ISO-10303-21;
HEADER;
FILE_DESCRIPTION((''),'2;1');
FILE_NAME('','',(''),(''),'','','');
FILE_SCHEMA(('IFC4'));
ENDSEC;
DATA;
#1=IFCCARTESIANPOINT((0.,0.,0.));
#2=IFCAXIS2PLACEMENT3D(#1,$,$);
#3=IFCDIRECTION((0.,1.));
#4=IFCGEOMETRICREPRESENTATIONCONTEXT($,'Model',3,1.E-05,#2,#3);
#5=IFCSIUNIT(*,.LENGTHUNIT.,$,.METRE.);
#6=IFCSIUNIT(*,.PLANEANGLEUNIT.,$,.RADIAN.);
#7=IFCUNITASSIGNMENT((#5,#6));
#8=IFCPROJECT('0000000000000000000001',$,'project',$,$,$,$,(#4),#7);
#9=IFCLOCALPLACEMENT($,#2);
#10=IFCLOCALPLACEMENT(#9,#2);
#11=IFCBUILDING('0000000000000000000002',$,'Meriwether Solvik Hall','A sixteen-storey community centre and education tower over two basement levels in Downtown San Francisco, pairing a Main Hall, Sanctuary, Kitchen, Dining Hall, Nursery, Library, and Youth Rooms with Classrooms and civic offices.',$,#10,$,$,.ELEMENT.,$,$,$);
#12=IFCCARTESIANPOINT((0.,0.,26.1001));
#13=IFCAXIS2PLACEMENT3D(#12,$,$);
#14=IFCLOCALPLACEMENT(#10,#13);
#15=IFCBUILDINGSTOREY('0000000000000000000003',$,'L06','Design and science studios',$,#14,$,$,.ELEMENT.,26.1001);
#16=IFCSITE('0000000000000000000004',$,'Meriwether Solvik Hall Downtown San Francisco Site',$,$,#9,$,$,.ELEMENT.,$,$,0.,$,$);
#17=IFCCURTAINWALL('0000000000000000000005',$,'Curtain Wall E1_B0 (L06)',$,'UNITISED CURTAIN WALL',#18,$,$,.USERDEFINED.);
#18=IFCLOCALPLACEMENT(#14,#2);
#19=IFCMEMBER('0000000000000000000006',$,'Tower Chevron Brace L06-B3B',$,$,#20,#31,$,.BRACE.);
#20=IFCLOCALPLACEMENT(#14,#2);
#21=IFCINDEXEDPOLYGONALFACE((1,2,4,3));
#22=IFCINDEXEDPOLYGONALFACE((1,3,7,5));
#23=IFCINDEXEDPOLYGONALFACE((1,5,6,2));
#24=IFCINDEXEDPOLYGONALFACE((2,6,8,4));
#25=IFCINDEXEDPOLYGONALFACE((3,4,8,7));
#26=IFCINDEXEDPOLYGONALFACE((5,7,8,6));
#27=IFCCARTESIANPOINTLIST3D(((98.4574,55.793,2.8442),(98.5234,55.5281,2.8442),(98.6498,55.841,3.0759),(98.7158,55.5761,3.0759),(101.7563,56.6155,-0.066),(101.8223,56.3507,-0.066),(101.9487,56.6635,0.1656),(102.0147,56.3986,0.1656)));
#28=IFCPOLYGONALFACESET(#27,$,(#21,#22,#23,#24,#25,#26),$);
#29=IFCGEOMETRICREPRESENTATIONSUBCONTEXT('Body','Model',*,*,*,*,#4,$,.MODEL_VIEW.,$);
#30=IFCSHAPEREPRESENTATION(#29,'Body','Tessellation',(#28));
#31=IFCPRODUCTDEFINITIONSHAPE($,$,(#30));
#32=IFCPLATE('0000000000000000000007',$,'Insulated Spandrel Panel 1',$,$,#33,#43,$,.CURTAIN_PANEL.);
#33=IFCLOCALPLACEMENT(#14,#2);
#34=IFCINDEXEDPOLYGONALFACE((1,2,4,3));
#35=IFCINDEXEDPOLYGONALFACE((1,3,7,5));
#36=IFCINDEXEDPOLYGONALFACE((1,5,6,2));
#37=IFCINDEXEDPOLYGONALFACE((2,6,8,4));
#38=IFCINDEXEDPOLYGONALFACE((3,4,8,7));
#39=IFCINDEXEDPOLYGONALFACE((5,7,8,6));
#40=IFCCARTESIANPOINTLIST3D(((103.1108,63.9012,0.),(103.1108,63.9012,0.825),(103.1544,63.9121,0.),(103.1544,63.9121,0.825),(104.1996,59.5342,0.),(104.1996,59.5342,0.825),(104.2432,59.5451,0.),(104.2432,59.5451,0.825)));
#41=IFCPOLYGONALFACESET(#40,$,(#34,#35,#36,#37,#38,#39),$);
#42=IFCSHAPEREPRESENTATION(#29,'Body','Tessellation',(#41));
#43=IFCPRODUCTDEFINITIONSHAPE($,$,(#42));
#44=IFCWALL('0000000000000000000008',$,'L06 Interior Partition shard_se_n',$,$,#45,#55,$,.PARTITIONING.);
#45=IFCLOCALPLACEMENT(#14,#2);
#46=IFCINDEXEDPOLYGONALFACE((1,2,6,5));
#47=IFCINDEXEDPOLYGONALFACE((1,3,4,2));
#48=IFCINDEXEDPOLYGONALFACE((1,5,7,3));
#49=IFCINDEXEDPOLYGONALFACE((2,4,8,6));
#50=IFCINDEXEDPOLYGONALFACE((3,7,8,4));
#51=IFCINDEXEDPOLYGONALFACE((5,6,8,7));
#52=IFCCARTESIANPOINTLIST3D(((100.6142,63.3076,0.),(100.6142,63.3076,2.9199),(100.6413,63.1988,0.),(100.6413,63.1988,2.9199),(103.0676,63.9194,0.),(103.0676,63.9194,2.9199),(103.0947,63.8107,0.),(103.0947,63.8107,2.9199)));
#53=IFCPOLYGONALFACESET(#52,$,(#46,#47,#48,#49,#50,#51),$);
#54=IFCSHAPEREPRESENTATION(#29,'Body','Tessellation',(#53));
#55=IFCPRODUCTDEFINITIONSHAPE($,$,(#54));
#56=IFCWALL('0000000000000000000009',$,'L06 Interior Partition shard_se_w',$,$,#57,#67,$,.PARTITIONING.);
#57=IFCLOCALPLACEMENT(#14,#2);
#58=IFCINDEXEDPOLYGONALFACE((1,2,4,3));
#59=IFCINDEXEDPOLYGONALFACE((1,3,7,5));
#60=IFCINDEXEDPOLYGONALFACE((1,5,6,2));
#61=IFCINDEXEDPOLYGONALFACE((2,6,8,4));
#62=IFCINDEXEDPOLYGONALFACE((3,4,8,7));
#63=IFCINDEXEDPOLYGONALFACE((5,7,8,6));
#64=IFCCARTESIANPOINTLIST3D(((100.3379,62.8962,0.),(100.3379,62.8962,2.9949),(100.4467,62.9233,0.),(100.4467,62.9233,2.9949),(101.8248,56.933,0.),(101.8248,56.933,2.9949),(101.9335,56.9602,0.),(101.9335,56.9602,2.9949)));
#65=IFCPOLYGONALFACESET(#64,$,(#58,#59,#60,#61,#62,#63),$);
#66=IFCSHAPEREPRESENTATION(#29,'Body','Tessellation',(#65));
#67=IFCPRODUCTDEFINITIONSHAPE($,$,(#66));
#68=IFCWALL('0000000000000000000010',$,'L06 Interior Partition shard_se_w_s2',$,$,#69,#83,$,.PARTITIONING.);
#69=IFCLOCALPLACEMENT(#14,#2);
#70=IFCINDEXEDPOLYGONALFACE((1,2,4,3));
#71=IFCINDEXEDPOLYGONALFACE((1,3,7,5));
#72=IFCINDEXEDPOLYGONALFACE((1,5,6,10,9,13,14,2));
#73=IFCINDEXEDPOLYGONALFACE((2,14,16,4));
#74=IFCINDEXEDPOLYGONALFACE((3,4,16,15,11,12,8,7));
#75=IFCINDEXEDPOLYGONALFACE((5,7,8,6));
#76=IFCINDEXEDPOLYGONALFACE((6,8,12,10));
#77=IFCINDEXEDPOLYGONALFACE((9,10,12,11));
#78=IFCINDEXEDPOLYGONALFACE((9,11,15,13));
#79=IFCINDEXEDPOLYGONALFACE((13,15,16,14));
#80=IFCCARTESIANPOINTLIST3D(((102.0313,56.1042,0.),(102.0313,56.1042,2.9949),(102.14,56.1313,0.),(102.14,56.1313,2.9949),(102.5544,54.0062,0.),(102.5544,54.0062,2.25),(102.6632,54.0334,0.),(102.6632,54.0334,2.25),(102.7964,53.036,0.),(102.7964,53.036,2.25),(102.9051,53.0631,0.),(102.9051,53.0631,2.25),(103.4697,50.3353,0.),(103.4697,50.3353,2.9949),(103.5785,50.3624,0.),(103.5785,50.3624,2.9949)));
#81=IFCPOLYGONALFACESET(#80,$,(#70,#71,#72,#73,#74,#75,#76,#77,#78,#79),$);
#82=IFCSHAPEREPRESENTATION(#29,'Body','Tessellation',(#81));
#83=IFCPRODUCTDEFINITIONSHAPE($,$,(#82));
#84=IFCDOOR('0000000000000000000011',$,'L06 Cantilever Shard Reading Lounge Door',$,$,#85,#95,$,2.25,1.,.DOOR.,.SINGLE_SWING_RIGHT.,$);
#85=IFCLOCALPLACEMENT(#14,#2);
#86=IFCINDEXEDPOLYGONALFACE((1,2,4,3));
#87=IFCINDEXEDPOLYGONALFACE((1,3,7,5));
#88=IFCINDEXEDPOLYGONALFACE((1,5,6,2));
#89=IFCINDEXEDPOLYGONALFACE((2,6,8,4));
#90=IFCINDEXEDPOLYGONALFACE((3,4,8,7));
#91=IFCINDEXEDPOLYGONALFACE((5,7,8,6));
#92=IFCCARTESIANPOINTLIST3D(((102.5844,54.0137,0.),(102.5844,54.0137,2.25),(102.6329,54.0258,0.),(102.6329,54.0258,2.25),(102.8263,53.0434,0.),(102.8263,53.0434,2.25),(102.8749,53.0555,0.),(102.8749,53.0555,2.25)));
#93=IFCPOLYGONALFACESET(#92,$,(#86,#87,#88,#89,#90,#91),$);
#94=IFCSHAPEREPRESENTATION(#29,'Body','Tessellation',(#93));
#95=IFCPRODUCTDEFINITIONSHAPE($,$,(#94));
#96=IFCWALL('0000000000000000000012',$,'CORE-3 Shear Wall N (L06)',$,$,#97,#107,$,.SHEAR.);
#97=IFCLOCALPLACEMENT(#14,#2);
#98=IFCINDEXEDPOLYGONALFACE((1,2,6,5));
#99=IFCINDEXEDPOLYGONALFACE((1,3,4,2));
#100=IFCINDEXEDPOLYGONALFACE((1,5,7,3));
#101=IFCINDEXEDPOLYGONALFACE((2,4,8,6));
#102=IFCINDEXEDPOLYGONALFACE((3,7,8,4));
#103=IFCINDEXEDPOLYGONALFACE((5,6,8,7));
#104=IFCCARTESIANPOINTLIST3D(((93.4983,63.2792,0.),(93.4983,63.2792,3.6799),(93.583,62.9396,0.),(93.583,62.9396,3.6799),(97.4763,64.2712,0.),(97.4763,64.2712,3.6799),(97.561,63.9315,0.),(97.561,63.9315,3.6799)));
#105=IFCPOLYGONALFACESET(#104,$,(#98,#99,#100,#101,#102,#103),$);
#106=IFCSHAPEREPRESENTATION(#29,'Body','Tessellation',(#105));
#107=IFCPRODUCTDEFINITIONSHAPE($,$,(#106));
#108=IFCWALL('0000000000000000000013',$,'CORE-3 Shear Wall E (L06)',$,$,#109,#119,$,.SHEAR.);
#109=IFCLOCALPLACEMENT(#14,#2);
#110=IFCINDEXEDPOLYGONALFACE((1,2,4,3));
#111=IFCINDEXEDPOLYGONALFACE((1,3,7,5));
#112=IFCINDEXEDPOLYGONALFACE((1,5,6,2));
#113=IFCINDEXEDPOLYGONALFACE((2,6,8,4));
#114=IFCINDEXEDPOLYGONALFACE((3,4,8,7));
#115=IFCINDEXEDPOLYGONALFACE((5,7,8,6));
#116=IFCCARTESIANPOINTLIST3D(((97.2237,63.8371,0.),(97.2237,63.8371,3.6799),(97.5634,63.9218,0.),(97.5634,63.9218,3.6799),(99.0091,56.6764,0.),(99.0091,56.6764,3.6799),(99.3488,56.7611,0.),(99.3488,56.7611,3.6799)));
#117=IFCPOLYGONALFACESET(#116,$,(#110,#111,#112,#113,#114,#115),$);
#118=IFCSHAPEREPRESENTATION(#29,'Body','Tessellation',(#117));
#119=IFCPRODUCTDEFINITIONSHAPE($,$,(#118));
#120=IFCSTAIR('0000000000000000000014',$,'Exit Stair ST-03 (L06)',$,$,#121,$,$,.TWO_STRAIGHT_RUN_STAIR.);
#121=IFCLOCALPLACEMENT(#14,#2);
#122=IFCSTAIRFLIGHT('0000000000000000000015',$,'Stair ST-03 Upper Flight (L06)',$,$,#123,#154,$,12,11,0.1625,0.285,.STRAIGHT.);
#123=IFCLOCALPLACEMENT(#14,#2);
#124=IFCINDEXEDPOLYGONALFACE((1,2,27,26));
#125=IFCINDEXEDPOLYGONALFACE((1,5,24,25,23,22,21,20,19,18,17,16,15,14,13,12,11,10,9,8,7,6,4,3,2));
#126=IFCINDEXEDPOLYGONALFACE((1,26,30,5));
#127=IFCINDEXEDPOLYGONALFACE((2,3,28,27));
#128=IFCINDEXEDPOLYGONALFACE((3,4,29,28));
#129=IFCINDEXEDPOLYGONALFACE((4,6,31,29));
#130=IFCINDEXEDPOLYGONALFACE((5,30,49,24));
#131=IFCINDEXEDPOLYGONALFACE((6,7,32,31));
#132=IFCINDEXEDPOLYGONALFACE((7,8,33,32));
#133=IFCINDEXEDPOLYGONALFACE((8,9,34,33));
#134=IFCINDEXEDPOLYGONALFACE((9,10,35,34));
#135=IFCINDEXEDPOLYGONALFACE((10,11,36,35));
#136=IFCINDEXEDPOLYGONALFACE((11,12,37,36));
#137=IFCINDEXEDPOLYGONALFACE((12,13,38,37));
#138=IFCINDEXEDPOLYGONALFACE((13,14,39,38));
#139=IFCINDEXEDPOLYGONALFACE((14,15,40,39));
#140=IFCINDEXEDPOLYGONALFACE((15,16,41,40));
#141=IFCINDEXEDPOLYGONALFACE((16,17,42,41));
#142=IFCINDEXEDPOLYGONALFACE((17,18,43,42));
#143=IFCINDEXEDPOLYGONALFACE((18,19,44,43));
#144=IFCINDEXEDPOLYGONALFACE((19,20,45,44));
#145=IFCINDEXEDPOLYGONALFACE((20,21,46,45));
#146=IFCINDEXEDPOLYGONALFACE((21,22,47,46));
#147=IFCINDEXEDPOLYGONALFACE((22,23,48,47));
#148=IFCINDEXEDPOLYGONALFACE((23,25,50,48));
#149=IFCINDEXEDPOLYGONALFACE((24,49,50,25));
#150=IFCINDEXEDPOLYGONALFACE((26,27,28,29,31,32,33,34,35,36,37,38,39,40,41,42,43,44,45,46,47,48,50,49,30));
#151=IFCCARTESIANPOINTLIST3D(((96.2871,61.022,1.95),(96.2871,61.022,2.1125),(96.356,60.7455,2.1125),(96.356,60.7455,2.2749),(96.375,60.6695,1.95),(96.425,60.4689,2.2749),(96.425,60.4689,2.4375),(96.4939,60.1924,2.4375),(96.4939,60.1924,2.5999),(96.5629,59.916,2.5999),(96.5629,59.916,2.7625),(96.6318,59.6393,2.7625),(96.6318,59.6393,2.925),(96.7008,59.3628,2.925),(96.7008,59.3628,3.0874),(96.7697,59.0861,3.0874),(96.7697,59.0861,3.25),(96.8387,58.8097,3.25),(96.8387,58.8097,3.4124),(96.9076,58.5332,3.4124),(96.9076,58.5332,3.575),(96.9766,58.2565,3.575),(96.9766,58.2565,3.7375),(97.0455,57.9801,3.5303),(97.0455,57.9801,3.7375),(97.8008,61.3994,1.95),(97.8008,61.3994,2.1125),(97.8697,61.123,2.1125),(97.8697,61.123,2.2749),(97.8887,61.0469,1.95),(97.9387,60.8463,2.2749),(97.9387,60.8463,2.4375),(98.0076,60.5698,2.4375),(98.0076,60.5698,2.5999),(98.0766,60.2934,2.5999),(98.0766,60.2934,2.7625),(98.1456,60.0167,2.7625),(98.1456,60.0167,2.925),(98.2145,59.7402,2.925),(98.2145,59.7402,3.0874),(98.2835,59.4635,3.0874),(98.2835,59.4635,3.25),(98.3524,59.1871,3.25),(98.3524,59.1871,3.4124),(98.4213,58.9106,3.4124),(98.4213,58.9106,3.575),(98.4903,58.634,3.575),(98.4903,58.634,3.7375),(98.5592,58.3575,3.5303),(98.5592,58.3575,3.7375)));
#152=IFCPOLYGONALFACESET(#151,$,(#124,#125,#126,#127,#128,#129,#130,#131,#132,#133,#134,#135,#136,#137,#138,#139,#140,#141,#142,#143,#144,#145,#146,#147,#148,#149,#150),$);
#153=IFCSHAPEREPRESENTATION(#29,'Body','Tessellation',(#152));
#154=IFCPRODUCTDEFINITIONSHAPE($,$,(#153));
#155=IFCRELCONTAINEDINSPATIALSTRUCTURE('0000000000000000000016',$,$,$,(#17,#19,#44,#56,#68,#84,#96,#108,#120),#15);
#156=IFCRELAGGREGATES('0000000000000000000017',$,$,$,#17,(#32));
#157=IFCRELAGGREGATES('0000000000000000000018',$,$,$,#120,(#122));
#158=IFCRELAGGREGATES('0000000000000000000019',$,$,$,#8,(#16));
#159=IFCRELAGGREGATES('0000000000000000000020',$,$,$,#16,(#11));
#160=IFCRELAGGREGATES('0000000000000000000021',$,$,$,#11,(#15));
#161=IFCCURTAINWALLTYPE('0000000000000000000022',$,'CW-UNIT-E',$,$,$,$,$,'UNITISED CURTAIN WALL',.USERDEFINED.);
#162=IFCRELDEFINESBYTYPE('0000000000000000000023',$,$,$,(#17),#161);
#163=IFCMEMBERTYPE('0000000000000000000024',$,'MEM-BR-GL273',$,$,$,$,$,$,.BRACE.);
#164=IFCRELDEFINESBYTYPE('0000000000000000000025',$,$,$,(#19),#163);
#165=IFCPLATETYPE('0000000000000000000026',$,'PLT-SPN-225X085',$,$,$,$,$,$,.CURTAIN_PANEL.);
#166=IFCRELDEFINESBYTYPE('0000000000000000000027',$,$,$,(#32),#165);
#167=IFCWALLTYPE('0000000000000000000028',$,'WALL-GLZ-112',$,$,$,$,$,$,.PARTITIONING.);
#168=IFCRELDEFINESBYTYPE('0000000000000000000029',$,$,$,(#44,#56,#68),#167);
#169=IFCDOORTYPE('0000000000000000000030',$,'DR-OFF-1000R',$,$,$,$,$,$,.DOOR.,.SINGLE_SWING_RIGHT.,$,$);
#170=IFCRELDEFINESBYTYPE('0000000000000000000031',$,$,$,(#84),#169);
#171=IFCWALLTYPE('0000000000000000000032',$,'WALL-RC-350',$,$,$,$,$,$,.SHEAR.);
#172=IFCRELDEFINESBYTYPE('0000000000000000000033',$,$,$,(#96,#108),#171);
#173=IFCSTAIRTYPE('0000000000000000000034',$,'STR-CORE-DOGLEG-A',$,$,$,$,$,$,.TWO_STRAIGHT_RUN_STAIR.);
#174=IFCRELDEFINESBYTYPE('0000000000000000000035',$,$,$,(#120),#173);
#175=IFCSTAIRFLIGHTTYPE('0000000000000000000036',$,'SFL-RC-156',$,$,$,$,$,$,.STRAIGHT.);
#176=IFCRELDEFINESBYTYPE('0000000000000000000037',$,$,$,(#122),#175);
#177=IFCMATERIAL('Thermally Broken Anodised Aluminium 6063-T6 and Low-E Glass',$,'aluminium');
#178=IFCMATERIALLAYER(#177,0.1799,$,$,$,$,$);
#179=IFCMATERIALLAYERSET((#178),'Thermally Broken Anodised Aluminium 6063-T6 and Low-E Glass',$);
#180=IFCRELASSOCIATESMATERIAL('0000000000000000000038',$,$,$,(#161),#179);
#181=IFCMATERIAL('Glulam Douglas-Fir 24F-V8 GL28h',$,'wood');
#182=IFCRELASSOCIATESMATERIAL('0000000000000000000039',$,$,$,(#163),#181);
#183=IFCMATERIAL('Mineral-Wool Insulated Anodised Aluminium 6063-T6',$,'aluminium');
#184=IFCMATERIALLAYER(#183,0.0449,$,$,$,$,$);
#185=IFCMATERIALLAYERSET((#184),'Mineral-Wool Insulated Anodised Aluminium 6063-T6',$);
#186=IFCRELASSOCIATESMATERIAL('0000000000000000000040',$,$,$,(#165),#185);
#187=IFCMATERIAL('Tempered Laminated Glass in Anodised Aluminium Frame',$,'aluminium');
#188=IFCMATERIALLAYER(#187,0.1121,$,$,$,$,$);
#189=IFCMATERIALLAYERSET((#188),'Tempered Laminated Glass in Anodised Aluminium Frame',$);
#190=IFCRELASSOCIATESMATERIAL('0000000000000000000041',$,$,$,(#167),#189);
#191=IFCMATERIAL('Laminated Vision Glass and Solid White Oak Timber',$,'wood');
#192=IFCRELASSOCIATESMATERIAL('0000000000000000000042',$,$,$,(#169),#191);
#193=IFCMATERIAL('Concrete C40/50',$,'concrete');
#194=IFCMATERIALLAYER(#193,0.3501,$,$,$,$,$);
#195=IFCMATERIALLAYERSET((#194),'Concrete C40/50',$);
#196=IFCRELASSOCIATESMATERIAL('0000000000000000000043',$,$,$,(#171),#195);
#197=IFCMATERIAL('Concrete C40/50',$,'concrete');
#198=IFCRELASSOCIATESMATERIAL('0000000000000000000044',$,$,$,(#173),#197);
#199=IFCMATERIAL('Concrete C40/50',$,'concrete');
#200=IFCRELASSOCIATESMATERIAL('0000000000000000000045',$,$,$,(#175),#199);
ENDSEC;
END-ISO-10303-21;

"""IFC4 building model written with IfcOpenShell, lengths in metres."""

from ifc_helpers import new_model, si_unit, direction, frame, frame_2d, origin, origin_2d, place, context, subcontext, project, spatial, polyline, rectangle, outline, extrude, material, layer, layer_set, material_profile, profile_set, type_object, element, fill, aggregate, save


model = new_model("IFC4")

# Units and contexts
model_context = context("Model", 3, precision=1e-05, world=origin(), true_north=direction((0.0, 1.0)))
body_context = subcontext(model_context, "Body", "Model", "MODEL_VIEW")
ifc_project = project(units=[si_unit("LENGTHUNIT", "METRE"), si_unit("PLANEANGLEUNIT", "RADIAN")], contexts=[model_context])

# Site, building, storey
site_placement = place(None, origin())
site = spatial("IfcSite", under=ifc_project, at=site_placement, Name="Meriwether Solvik Hall Downtown San Francisco Site", CompositionType="ELEMENT", RefElevation=0.0)
building_placement = place(site_placement, origin())
building = spatial("IfcBuilding", under=site, at=building_placement, Name="Meriwether Solvik Hall", Description="A sixteen-storey community centre and education tower over two basement levels in Downtown San Francisco, pairing a Main Hall, Sanctuary, Kitchen, Dining Hall, Nursery, Library, and Youth Rooms with Classrooms and civic offices.", CompositionType="ELEMENT")
storey_placement = place(building_placement, frame((0.0, 0.0, 26.1001)))
storey = spatial("IfcBuildingStorey", under=building, at=storey_placement, Name="L06", Description="Design and science studios", CompositionType="ELEMENT", Elevation=26.1001)

# Curtain wall
ifc_material_1 = material(Name="Thermally Broken Anodised Aluminium 6063-T6 and Low-E Glass", Category="aluminium")
ifc_layer_1 = layer(ifc_material_1, 0.1799)
ifc_layer_set_1 = layer_set([ifc_layer_1], Name="Thermally Broken Anodised Aluminium 6063-T6 and Low-E Glass")
curtain_wall_type_1 = type_object("IfcCurtainWallType", Name="CW-UNIT-E", ElementType="UNITISED CURTAIN WALL", PredefinedType="USERDEFINED", material=ifc_layer_set_1)
curtain_wall_1_placement = place(storey_placement, origin())
curtain_wall_1 = element("IfcCurtainWall", 1, at=curtain_wall_1_placement, inside=storey, type_object=curtain_wall_type_1, Name="Curtain Wall E1_B0 (L06)", ObjectType="UNITISED CURTAIN WALL", PredefinedType="USERDEFINED")

# Member
ifc_material_2 = material(Name="Glulam Douglas-Fir 24F-V8 GL28h", Category="wood")
ifc_material_profile_1 = material_profile(ifc_material_2, rectangle(XDim=0.2729, YDim=0.3049, at=origin_2d()), Name="GLM-273X305")
ifc_profile_set_1 = profile_set([ifc_material_profile_1], Name="Glulam Douglas-Fir 24F-V8 GL28h")
member_type_1 = type_object("IfcMemberType", Name="MEM-BR-GL273", PredefinedType="BRACE", material=ifc_profile_set_1)
member_1_placement = place(storey_placement, frame((101.8855, 56.5071, 0.0498), z_axis=(-0.737128, -0.183791, 0.650279), x_axis=(0.241927, -0.970294, 0.0)))
element("IfcMember", 2, at=member_1_placement, inside=storey, type_object=member_type_1, Name="Tower Chevron Brace L06-B3B", PredefinedType="BRACE", context=body_context, shape_type="SweptSolid", body=[
    extrude(rectangle(XDim=0.2729, YDim=0.3049, at=origin_2d()), origin(), (0.0, 0.0, 1.0), 4.4753),
])

# Plate
ifc_material_3 = material(Name="Mineral-Wool Insulated Anodised Aluminium 6063-T6", Category="aluminium")
ifc_layer_2 = layer(ifc_material_3, 0.0449)
ifc_layer_set_2 = layer_set([ifc_layer_2], Name="Mineral-Wool Insulated Anodised Aluminium 6063-T6")
plate_type = type_object("IfcPlateType", Name="PLT-SPN-225X085", PredefinedType="CURTAIN_PANEL", material=ifc_layer_set_2)
plate_placement = place(storey_placement, frame((103.677, 61.7231, 0.0), z_axis=(0.0, 0.0, 1.0), x_axis=(0.241922, -0.970296, 0.0)))
plate = element("IfcPlate", 3, at=plate_placement, type_object=plate_type, Name="Insulated Spandrel Panel 1", PredefinedType="CURTAIN_PANEL", context=body_context, shape_type="SweptSolid", body=[
    extrude(rectangle(XDim=4.5007, YDim=0.0449, at=origin_2d()), origin(), (0.0, 0.0, 1.0), 0.825),
])
aggregate(curtain_wall_1, [plate])

# Walls
ifc_material_4 = material(Name="Tempered Laminated Glass in Anodised Aluminium Frame", Category="aluminium")
ifc_layer_3 = layer(ifc_material_4, 0.1121)
ifc_layer_set_3 = layer_set([ifc_layer_3], Name="Tempered Laminated Glass in Anodised Aluminium Frame")
wall_type_1 = type_object("IfcWallType", Name="WALL-GLZ-112", PredefinedType="PARTITIONING", material=ifc_layer_set_3)
wall_1_placement = place(storey_placement, frame((103.0811, 63.865, 0.0), z_axis=(0.0, 0.0, 1.0), x_axis=(-0.970284, -0.241968, 0.0)))
element("IfcWall", 4, at=wall_1_placement, inside=storey, type_object=wall_type_1, Name="L06 Interior Partition shard_se_n", PredefinedType="PARTITIONING", context=body_context, shape_type="SweptSolid", body=[
    extrude(rectangle(XDim=2.5286, YDim=0.1121, at=frame_2d((1.2642, 0.0))), origin(), (0.0, 0.0, 1.0), 2.9199),
])
wall_2_placement = place(storey_placement, frame((100.3923, 62.9097, 0.0), z_axis=(0.0, 0.0, 1.0), x_axis=(0.241928, -0.970294, 0.0)))
element("IfcWall", 5, at=wall_2_placement, inside=storey, type_object=wall_type_1, Name="L06 Interior Partition shard_se_w", PredefinedType="PARTITIONING", context=body_context, shape_type="SweptSolid", body=[
    extrude(rectangle(XDim=6.1458, YDim=0.1121, at=frame_2d((3.0728, 0.0))), origin(), (0.0, 0.0, 1.0), 2.9949),
])

# Wall, opening, door
wall_3_placement = place(storey_placement, frame((102.0857, 56.1177, 0.0), z_axis=(0.0, 0.0, 1.0), x_axis=(0.241937, -0.970292, 0.0)))
wall_3 = element("IfcWall", 6, at=wall_3_placement, inside=storey, type_object=wall_type_1, Name="L06 Interior Partition shard_se_w_s2", PredefinedType="PARTITIONING", context=body_context, shape_type="SweptSolid", body=[
    extrude(rectangle(XDim=5.9456, YDim=0.1121, at=frame_2d((2.9727, 0.0))), origin(), (0.0, 0.0, 1.0), 2.9949),
])
opening_placement = place(wall_3_placement, frame((2.1621, 0.0, 0.0)))
opening = element("IfcOpeningElement", 7, at=opening_placement, cuts=wall_3, PredefinedType="OPENING", context=body_context, shape_type="SweptSolid", body=[
    extrude(rectangle(XDim=1.0, YDim=2.25, at=frame_2d((0.5, 1.125))), frame((0.0, 0.0679, 0.0), z_axis=(0.0, -1.0, 0.0), x_axis=(1.0, 0.0, 0.0)), (0.0, 0.0, 1.0), 0.136),
])
ifc_material_5 = material(Name="Laminated Vision Glass and Solid White Oak Timber", Category="wood")
door_type = type_object("IfcDoorType", Name="DR-OFF-1000R", OperationType="SINGLE_SWING_RIGHT", PredefinedType="DOOR", material=ifc_material_5)
door_placement = place(opening_placement, origin())
door = element("IfcDoor", 8, at=door_placement, inside=storey, type_object=door_type, Name="L06 Cantilever Shard Reading Lounge Door", OperationType="SINGLE_SWING_RIGHT", OverallHeight=2.25, OverallWidth=1.0, PredefinedType="DOOR", context=body_context, shape_type="SweptSolid", body=[
    extrude(rectangle(XDim=1.0, YDim=2.25, at=frame_2d((0.5, 1.125))), frame((0.0, 0.0249, 0.0), z_axis=(0.0, -1.0, 0.0), x_axis=(1.0, 0.0, 0.0)), (0.0, 0.0, 1.0), 0.05),
])
fill(opening, door)

# Walls
ifc_material_6 = material(Name="Concrete C40/50", Category="concrete")
ifc_layer_4 = layer(ifc_material_6, 0.3501)
ifc_layer_set_4 = layer_set([ifc_layer_4], Name="Concrete C40/50")
wall_type_2 = type_object("IfcWallType", Name="WALL-RC-350", PredefinedType="SHEAR", material=ifc_layer_set_4)
wall_4_placement = place(storey_placement, frame((97.5186, 64.1013, 0.0), z_axis=(0.0, 0.0, 1.0), x_axis=(-0.970289, -0.241947, 0.0)))
element("IfcWall", 9, at=wall_4_placement, inside=storey, type_object=wall_type_2, Name="CORE-3 Shear Wall N (L06)", PredefinedType="SHEAR", context=body_context, shape_type="SweptSolid", body=[
    extrude(rectangle(XDim=4.0999, YDim=0.3501, at=frame_2d((2.0498, 0.0))), origin(), (0.0, 0.0, 1.0), 3.6799),
])
wall_5_placement = place(storey_placement, frame((99.179, 56.7188, 0.0), z_axis=(0.0, 0.0, 1.0), x_axis=(-0.241928, 0.970294, 0.0)))
element("IfcWall", 10, at=wall_5_placement, inside=storey, type_object=wall_type_2, Name="CORE-3 Shear Wall E (L06)", PredefinedType="SHEAR", context=body_context, shape_type="SweptSolid", body=[
    extrude(rectangle(XDim=7.3799, YDim=0.3501, at=frame_2d((3.6899, 0.0))), origin(), (0.0, 0.0, 1.0), 3.6799),
])

# Stair, stair flight
ifc_material_7 = material(Name="Concrete C40/50", Category="concrete")
stair_type = type_object("IfcStairType", Name="STR-CORE-DOGLEG-A", PredefinedType="TWO_STRAIGHT_RUN_STAIR", material=ifc_material_7)
stair_placement = place(storey_placement, origin())
stair = element("IfcStair", 11, at=stair_placement, inside=storey, type_object=stair_type, Name="Exit Stair ST-03 (L06)", PredefinedType="TWO_STRAIGHT_RUN_STAIR")
ifc_material_8 = material(Name="Concrete C40/50", Category="concrete")
stair_flight_type = type_object("IfcStairFlightType", Name="SFL-RC-156", PredefinedType="STRAIGHT", material=ifc_material_8)
stair_flight_placement = place(storey_placement, frame((97.0439, 61.2107, 1.95), z_axis=(0.0, 0.0, 1.0), x_axis=(0.241922, -0.970296, 0.0)))
stair_flight = element("IfcStairFlight", 12, at=stair_flight_placement, type_object=stair_flight_type, Name="Stair ST-03 Upper Flight (L06)", NumberOfRisers=12, NumberOfTreads=11, PredefinedType="STRAIGHT", RiserHeight=0.1625, TreadLength=0.285, context=body_context, shape_type="SweptSolid", body=[
    extrude(outline(polyline([(0.0, 0.0), (0.0, 0.1626), (0.2849, 0.1626), (0.2849, 0.325), (0.5701, 0.325), (0.5701, 0.4875), (0.855, 0.4875), (0.855, 0.6499), (1.1399, 0.6499), (1.1399, 0.8125), (1.425, 0.8125), (1.425, 0.9751), (1.71, 0.9751), (1.71, 1.1375), (1.9951, 1.1375), (1.9951, 1.3), (2.28, 1.3), (2.28, 1.4624), (2.5649, 1.4624), (2.5649, 1.625), (2.8501, 1.625), (2.8501, 1.7876), (3.135, 1.7876), (3.135, 1.95), (3.135, 1.5803), (0.3633, 0.0), (0.0, 0.0)])), frame((0.0, 0.78, 0.0), z_axis=(0.0, -1.0, 0.0), x_axis=(1.0, 0.0, 0.0)), (0.0, 0.0, 1.0), 1.5601),
])
aggregate(stair, [stair_flight])

save(model, "model.ifc")
